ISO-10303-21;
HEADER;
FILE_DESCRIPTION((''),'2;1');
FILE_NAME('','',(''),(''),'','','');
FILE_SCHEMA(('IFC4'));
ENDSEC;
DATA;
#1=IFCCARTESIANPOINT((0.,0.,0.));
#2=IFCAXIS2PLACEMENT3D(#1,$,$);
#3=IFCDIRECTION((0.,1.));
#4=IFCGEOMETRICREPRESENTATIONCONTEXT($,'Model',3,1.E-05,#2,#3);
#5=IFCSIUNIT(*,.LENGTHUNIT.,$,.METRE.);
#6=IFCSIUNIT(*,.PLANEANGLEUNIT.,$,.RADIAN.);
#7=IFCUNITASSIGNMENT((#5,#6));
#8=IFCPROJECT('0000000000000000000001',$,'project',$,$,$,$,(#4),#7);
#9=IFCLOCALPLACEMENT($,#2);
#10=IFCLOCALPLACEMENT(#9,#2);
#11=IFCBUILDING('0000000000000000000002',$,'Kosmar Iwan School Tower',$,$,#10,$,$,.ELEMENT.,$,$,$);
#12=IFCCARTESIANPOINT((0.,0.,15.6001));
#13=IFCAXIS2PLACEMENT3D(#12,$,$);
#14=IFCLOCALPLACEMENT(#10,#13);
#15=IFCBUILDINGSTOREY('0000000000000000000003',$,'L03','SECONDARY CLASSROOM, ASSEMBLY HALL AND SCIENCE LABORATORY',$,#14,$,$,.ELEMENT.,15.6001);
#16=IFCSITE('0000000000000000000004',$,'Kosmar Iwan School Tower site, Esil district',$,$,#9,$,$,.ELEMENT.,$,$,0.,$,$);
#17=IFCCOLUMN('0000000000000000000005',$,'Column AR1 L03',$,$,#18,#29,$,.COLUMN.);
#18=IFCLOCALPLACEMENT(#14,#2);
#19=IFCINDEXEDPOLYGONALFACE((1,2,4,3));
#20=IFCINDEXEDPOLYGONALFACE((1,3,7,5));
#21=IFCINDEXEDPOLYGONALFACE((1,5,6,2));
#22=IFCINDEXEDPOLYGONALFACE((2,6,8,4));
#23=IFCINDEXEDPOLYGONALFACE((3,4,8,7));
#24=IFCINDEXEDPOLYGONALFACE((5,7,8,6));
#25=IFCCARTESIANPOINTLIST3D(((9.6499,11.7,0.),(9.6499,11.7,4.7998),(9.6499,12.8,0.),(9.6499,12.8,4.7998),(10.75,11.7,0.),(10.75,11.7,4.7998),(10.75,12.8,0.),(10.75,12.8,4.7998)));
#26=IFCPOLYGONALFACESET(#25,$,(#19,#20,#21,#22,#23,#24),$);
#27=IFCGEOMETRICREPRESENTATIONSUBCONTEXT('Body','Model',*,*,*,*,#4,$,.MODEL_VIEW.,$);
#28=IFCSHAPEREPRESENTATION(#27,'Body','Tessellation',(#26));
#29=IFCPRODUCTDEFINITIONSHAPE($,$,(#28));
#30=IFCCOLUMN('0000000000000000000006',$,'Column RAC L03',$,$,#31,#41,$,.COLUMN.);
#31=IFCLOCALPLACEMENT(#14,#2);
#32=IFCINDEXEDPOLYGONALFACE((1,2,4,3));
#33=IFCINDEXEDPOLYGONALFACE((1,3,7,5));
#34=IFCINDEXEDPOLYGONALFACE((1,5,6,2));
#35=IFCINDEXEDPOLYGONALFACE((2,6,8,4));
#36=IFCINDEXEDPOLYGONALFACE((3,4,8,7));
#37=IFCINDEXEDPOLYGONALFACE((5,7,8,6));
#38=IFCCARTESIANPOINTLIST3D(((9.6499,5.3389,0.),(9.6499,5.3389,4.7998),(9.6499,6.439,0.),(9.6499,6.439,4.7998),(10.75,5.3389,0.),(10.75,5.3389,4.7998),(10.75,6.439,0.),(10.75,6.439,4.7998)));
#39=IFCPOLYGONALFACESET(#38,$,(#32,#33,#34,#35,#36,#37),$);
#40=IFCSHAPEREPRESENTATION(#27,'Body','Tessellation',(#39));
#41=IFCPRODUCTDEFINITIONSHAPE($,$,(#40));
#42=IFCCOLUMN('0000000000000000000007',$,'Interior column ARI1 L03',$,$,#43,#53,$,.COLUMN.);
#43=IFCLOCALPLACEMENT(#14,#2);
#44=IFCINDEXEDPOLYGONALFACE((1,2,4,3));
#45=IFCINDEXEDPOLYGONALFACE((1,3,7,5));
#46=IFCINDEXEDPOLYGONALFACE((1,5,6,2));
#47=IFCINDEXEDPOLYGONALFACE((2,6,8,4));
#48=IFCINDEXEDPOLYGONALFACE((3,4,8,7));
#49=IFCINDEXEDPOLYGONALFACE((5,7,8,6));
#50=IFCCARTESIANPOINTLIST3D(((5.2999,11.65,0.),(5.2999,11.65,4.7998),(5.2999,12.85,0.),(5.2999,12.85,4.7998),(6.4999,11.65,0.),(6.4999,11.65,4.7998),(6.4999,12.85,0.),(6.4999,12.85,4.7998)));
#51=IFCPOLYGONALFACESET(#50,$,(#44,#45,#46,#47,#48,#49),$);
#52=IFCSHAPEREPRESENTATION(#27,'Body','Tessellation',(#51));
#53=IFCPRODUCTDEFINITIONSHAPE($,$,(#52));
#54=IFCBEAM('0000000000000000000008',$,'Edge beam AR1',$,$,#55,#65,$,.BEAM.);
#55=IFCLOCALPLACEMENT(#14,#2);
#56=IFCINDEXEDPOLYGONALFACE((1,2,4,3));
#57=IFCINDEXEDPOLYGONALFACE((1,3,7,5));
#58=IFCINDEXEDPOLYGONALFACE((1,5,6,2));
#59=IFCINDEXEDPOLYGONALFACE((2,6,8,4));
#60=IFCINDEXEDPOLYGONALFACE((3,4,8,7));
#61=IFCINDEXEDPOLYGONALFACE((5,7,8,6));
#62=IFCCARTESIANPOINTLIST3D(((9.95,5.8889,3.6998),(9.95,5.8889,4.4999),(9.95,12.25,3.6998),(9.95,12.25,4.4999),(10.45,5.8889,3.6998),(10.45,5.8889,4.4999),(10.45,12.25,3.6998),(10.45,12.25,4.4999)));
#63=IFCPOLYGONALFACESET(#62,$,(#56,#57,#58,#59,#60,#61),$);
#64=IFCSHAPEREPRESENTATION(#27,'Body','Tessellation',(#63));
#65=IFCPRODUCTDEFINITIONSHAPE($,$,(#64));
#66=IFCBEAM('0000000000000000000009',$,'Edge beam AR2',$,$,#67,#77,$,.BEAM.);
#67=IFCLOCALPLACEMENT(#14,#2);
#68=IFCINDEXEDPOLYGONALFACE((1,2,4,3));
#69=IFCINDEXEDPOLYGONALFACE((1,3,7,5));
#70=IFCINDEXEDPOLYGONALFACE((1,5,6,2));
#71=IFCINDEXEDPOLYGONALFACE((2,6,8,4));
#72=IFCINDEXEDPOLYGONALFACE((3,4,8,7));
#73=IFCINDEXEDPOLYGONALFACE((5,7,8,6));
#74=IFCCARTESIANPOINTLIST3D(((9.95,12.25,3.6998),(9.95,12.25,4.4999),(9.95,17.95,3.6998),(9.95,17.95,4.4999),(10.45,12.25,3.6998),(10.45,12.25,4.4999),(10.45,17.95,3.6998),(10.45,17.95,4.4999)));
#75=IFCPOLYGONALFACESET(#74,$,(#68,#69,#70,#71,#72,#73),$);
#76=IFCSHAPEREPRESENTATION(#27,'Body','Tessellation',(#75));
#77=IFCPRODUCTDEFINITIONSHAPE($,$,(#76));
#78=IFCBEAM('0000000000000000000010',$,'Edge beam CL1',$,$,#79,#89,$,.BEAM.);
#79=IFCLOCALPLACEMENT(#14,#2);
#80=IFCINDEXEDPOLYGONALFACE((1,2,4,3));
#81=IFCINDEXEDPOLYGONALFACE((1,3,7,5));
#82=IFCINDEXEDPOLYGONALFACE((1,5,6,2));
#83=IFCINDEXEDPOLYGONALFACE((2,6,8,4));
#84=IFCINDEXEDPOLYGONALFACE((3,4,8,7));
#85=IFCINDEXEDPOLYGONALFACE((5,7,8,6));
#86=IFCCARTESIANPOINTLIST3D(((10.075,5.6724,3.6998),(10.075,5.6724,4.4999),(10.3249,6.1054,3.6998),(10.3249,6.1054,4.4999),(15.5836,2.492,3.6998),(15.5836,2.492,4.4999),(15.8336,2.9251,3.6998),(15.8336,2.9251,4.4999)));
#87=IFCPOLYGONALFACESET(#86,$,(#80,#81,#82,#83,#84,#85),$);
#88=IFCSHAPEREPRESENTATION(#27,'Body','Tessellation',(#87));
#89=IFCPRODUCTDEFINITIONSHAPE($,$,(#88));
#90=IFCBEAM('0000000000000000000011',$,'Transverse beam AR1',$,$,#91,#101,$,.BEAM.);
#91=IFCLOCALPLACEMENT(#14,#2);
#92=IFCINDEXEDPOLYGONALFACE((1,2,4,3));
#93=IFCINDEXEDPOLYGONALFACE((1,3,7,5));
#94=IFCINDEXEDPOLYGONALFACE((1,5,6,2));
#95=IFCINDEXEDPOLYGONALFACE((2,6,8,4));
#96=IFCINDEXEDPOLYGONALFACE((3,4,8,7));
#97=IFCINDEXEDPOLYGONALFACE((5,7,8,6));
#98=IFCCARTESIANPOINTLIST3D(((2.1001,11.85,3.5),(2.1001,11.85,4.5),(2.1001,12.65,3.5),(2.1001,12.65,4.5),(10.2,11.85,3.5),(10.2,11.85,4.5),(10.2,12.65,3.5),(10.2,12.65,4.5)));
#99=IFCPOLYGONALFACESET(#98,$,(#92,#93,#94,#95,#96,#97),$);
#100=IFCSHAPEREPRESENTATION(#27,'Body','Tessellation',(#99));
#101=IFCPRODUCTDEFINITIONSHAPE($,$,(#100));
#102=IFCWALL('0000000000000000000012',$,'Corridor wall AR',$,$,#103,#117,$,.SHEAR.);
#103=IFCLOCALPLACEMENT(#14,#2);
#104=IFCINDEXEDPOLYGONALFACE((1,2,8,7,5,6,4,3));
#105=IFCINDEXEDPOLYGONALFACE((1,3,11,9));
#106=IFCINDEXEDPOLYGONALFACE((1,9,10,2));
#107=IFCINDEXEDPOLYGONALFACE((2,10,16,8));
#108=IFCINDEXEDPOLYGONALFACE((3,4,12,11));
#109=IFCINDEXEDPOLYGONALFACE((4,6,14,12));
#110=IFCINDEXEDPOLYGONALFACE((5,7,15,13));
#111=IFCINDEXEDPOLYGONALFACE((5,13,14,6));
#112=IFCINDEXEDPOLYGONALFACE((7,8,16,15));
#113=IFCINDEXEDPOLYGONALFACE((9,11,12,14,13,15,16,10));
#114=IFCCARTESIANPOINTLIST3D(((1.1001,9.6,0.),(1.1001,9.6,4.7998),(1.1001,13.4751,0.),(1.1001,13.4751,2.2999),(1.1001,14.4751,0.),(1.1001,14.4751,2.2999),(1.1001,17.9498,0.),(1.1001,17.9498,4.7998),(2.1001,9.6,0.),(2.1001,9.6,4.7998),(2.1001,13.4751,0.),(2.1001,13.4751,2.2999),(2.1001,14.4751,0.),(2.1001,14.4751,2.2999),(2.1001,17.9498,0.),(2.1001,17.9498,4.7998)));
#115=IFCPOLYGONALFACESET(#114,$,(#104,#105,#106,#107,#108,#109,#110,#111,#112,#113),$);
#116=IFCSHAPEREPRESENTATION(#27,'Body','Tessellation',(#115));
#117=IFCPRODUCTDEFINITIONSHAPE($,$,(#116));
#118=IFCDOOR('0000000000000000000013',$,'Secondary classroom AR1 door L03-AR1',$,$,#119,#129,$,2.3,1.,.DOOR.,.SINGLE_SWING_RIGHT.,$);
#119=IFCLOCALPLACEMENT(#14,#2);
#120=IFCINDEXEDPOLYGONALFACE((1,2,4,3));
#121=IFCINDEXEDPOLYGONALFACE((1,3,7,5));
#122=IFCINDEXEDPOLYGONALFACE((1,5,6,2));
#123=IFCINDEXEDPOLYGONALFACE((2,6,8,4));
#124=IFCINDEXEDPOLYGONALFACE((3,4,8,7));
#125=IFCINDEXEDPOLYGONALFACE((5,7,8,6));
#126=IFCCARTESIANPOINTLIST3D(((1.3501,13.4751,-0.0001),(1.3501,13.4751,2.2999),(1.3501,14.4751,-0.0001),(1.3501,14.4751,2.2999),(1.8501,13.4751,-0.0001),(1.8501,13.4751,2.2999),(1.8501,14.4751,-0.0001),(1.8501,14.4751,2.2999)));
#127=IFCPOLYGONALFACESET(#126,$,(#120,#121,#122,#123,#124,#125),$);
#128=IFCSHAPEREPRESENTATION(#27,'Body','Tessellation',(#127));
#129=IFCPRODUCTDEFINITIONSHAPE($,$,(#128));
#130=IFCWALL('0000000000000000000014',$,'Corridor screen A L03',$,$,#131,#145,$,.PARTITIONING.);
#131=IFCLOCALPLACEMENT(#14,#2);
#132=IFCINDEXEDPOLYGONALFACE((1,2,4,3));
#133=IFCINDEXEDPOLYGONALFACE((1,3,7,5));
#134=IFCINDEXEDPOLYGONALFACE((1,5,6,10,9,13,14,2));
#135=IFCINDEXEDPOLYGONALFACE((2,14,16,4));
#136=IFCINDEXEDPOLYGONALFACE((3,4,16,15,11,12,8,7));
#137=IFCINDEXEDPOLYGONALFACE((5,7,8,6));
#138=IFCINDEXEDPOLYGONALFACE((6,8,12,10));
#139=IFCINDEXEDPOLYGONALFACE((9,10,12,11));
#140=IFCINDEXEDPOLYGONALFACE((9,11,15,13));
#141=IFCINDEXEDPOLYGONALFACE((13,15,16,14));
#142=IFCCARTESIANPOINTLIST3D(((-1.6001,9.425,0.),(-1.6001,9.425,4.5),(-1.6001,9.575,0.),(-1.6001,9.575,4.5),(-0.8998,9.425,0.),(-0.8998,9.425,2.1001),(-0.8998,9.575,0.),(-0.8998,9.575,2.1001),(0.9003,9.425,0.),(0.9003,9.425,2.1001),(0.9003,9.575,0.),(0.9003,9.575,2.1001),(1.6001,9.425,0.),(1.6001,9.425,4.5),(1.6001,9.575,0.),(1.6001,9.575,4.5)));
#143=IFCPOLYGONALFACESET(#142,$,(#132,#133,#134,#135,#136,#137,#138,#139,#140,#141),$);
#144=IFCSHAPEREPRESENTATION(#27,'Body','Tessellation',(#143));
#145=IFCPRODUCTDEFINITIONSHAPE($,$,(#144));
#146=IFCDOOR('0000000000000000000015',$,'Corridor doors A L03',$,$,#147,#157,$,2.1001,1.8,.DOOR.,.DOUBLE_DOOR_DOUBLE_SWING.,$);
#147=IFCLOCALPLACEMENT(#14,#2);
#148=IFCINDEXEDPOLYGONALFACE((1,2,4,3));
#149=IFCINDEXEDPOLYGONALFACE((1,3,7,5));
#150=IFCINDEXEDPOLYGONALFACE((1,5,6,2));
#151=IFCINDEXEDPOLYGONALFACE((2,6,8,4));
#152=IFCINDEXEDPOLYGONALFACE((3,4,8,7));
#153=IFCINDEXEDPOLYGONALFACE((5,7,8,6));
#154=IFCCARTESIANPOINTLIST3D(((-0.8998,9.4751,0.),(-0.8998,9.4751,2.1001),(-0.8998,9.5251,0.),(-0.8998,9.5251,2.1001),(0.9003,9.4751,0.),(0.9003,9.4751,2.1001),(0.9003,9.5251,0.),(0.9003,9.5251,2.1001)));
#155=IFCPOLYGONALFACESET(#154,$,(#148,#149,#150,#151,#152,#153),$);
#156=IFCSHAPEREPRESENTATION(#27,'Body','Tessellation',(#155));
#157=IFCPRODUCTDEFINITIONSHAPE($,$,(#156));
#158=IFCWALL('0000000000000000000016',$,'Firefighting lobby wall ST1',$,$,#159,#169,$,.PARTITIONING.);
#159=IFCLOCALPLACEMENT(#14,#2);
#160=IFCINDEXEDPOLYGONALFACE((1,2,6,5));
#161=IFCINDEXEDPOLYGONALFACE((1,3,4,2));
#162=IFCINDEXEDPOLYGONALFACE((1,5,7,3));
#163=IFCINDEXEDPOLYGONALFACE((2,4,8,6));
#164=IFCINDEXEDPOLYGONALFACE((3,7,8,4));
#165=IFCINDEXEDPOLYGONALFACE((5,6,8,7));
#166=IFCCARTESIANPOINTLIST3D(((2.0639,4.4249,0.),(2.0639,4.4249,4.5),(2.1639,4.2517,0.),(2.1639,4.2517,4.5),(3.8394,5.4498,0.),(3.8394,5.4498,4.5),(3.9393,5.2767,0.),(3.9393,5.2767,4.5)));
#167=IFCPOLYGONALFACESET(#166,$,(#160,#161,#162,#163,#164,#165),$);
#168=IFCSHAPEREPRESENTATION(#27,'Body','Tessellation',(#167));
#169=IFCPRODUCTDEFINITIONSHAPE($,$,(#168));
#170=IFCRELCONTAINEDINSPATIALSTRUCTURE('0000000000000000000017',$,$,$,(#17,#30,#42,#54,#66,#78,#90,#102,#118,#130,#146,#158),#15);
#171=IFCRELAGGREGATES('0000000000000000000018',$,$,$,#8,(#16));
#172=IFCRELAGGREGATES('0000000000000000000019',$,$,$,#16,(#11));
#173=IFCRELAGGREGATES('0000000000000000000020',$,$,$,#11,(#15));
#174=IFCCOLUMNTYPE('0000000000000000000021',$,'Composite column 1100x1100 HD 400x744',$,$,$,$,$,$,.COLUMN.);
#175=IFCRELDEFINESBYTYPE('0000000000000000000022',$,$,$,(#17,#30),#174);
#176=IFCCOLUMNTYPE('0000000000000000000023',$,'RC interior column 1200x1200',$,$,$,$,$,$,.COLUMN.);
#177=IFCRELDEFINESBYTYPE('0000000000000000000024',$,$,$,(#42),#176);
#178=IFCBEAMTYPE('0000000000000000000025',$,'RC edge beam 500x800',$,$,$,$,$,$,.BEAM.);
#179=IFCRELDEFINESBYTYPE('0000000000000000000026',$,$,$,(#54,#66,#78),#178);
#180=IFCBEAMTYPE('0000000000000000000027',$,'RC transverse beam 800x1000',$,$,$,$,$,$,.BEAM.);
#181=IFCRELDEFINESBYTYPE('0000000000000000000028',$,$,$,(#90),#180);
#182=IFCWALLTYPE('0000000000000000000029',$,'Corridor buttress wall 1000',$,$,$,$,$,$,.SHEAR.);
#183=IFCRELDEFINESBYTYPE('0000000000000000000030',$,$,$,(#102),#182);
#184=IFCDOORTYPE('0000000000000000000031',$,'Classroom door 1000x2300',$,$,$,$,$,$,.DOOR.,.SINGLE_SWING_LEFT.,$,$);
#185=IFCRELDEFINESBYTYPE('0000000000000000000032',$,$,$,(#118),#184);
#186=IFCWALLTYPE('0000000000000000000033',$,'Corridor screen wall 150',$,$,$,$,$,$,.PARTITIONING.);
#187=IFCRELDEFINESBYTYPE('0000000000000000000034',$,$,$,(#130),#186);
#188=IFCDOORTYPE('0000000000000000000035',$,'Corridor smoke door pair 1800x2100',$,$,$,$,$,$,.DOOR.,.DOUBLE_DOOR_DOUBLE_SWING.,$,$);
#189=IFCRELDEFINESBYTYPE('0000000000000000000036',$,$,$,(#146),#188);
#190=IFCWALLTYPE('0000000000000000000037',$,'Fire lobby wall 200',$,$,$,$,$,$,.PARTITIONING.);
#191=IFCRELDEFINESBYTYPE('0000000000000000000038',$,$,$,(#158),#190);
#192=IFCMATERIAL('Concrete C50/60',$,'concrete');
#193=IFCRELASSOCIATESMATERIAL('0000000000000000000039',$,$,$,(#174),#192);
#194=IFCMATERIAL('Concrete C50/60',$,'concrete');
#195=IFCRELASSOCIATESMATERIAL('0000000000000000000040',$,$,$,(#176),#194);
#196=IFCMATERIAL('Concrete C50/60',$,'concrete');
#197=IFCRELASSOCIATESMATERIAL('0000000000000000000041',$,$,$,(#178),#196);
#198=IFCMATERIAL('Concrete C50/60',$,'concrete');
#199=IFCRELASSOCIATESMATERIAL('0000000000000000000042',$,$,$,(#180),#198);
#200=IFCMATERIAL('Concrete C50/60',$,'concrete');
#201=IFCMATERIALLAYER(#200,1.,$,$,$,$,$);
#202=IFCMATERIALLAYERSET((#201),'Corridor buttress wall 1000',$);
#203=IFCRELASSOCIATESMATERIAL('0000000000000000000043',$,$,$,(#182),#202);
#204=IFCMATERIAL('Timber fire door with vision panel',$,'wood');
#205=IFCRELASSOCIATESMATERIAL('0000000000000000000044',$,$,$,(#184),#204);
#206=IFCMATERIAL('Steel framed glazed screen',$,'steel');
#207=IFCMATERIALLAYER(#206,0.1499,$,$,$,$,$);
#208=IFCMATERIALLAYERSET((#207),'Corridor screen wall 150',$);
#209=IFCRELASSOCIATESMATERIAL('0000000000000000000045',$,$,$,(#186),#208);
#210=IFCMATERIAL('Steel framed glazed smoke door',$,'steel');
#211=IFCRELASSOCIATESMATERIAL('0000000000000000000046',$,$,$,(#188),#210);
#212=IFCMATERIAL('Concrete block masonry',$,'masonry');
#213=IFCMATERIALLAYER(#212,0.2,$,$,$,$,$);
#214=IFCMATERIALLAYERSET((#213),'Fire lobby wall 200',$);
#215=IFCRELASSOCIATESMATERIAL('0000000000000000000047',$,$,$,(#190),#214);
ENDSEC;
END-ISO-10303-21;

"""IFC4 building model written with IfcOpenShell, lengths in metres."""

from ifc_helpers import new_model, si_unit, direction, frame, frame_2d, origin, origin_2d, place, context, subcontext, project, spatial, rectangle, extrude, material, layer, layer_set, material_profile, profile_set, type_object, element, fill, save


model = new_model("IFC4")

# Units and contexts
model_context = context("Model", 3, precision=1e-05, world=origin(), true_north=direction((0.0, 1.0)))
body_context = subcontext(model_context, "Body", "Model", "MODEL_VIEW")
ifc_project = project(units=[si_unit("LENGTHUNIT", "METRE"), si_unit("PLANEANGLEUNIT", "RADIAN")], contexts=[model_context])

# Site, building, storey
site_placement = place(None, origin())
site = spatial("IfcSite", under=ifc_project, at=site_placement, Name="Kosmar Iwan School Tower site, Esil district", CompositionType="ELEMENT", RefElevation=0.0)
building_placement = place(site_placement, origin())
building = spatial("IfcBuilding", under=site, at=building_placement, Name="Kosmar Iwan School Tower", CompositionType="ELEMENT")
storey_placement = place(building_placement, frame((0.0, 0.0, 15.6001)))
storey = spatial("IfcBuildingStorey", under=building, at=storey_placement, Name="L03", Description="SECONDARY CLASSROOM, ASSEMBLY HALL AND SCIENCE LABORATORY", CompositionType="ELEMENT", Elevation=15.6001)

# Columns
ifc_material_1 = material(Name="Concrete C50/60", Category="concrete")
ifc_material_profile_1 = material_profile(ifc_material_1, rectangle(XDim=1.1001, YDim=1.1001, at=origin_2d()), Name="RC 1100x1100 + HD 400x744")
ifc_profile_set_1 = profile_set([ifc_material_profile_1], Name="Concrete C50/60")
column_type_1 = type_object("IfcColumnType", Name="Composite column 1100x1100 HD 400x744", PredefinedType="COLUMN", material=ifc_profile_set_1)
for number, where, z_axis, x_axis, name in (
    (1, (10.2, 12.25, 0.0), (0.0, 0.0, 1.0), (0.0, 1.0, 0.0), "Column AR1 L03"),
    (2, (10.2, 5.8889, 0.0), (0.0, 0.0, 1.0), (1.0, 0.0, 0.0), "Column RAC L03"),
):
    element("IfcColumn", number, at=place(storey_placement, frame(where, z_axis=z_axis, x_axis=x_axis)), inside=storey, type_object=column_type_1, Name=name, PredefinedType="COLUMN", context=body_context, shape_type="SweptSolid", body=[
        extrude(rectangle(XDim=1.1001, YDim=1.1001, at=origin_2d()), origin(), (0.0, 0.0, 1.0), 4.7998),
    ])
ifc_material_2 = material(Name="Concrete C50/60", Category="concrete")
ifc_material_profile_2 = material_profile(ifc_material_2, rectangle(XDim=1.2, YDim=1.2, at=origin_2d()), Name="RC 1200x1200")
ifc_profile_set_2 = profile_set([ifc_material_profile_2], Name="Concrete C50/60")
column_type_2 = type_object("IfcColumnType", Name="RC interior column 1200x1200", PredefinedType="COLUMN", material=ifc_profile_set_2)
column_placement = place(storey_placement, frame((5.8999, 12.25, 0.0), z_axis=(0.0, 0.0, 1.0), x_axis=(0.0, 1.0, 0.0)))
element("IfcColumn", 3, at=column_placement, inside=storey, type_object=column_type_2, Name="Interior column ARI1 L03", PredefinedType="COLUMN", context=body_context, shape_type="SweptSolid", body=[
    extrude(rectangle(XDim=1.2, YDim=1.2, at=origin_2d()), origin(), (0.0, 0.0, 1.0), 4.7998),
])

# Beams
ifc_material_3 = material(Name="Concrete C50/60", Category="concrete")
ifc_material_profile_3 = material_profile(ifc_material_3, rectangle(XDim=0.5, YDim=0.8, at=origin_2d()), Name="RC 500x800")
ifc_profile_set_3 = profile_set([ifc_material_profile_3], Name="Concrete C50/60")
beam_type_1 = type_object("IfcBeamType", Name="RC edge beam 500x800", PredefinedType="BEAM", material=ifc_profile_set_3)
beam_1_placement = place(storey_placement, frame((10.2, 5.8889, 4.0999), z_axis=(0.0, 1.0, 0.0), x_axis=(-1.0, 0.0, 0.0)))
element("IfcBeam", 4, at=beam_1_placement, inside=storey, type_object=beam_type_1, Name="Edge beam AR1", PredefinedType="BEAM", context=body_context, shape_type="SweptSolid", body=[
    extrude(rectangle(XDim=0.5, YDim=0.8, at=origin_2d()), origin(), (0.0, 0.0, 1.0), 6.3611),
])
beam_2_placement = place(storey_placement, frame((10.2, 12.25, 4.0999), z_axis=(0.0, 1.0, 0.0), x_axis=(-1.0, 0.0, 0.0)))
element("IfcBeam", 5, at=beam_2_placement, inside=storey, type_object=beam_type_1, Name="Edge beam AR2", PredefinedType="BEAM", context=body_context, shape_type="SweptSolid", body=[
    extrude(rectangle(XDim=0.5, YDim=0.8, at=origin_2d()), origin(), (0.0, 0.0, 1.0), 5.7),
])
beam_3_placement = place(storey_placement, frame((10.2, 5.8889, 4.0999), z_axis=(0.866031, -0.49999, 0.0), x_axis=(0.49999, 0.866031, 0.0)))
element("IfcBeam", 6, at=beam_3_placement, inside=storey, type_object=beam_type_1, Name="Edge beam CL1", PredefinedType="BEAM", context=body_context, shape_type="SweptSolid", body=[
    extrude(rectangle(XDim=0.5, YDim=0.8, at=origin_2d()), origin(), (0.0, 0.0, 1.0), 6.3608),
])
ifc_material_4 = material(Name="Concrete C50/60", Category="concrete")
ifc_material_profile_4 = material_profile(ifc_material_4, rectangle(XDim=0.8, YDim=1.0, at=origin_2d()), Name="RC 800x1000")
ifc_profile_set_4 = profile_set([ifc_material_profile_4], Name="Concrete C50/60")
beam_type_2 = type_object("IfcBeamType", Name="RC transverse beam 800x1000", PredefinedType="BEAM", material=ifc_profile_set_4)
beam_4_placement = place(storey_placement, frame((10.2, 12.25, 4.0), z_axis=(-1.0, 0.0, 0.0), x_axis=(0.0, -1.0, 0.0)))
element("IfcBeam", 7, at=beam_4_placement, inside=storey, type_object=beam_type_2, Name="Transverse beam AR1", PredefinedType="BEAM", context=body_context, shape_type="SweptSolid", body=[
    extrude(rectangle(XDim=0.8, YDim=1.0, at=origin_2d()), origin(), (0.0, 0.0, 1.0), 8.0999),
])

# Walls, openings, doors
ifc_material_5 = material(Name="Concrete C50/60", Category="concrete")
ifc_layer_1 = layer(ifc_material_5, 1.0)
ifc_layer_set_1 = layer_set([ifc_layer_1], Name="Corridor buttress wall 1000")
wall_type_1 = type_object("IfcWallType", Name="Corridor buttress wall 1000", PredefinedType="SHEAR", material=ifc_layer_set_1)
wall_1_placement = place(storey_placement, frame((1.6001, 9.6001, 0.0), z_axis=(0.0, 0.0, 1.0), x_axis=(0.0, 1.0, 0.0)))
wall_1 = element("IfcWall", 8, at=wall_1_placement, inside=storey, type_object=wall_type_1, Name="Corridor wall AR", PredefinedType="SHEAR", context=body_context, shape_type="SweptSolid", body=[
    extrude(rectangle(XDim=8.3499, YDim=1.0, at=frame_2d((4.1748, 0.0))), origin(), (0.0, 0.0, 1.0), 4.7998),
])
opening_1_placement = place(wall_1_placement, frame((3.875, 0.0, 0.0)))
opening_1 = element("IfcOpeningElement", 9, at=opening_1_placement, cuts=wall_1, PredefinedType="OPENING", context=body_context, shape_type="SweptSolid", body=[
    extrude(rectangle(XDim=1.0, YDim=2.3, at=frame_2d((0.5, 1.1499))), frame((0.0, 0.512, 0.0), z_axis=(0.0, -1.0, 0.0), x_axis=(1.0, 0.0, 0.0)), (0.0, 0.0, 1.0), 1.0239),
])
ifc_material_6 = material(Name="Timber fire door with vision panel", Category="wood")
door_type_1 = type_object("IfcDoorType", Name="Classroom door 1000x2300", OperationType="SINGLE_SWING_LEFT", PredefinedType="DOOR", material=ifc_material_6)
door_1_placement = place(opening_1_placement, origin())
door_1 = element("IfcDoor", 10, at=door_1_placement, inside=storey, type_object=door_type_1, Name="Secondary classroom AR1 door L03-AR1", OperationType="SINGLE_SWING_RIGHT", OverallHeight=2.3, OverallWidth=1.0, PredefinedType="DOOR", context=body_context, shape_type="SweptSolid", body=[
    extrude(rectangle(XDim=1.0, YDim=2.3, at=frame_2d((0.5, 1.1499))), frame((0.0, 0.25, 0.0), z_axis=(0.0, -1.0, 0.0), x_axis=(1.0, 0.0, 0.0)), (0.0, 0.0, 1.0), 0.5),
])
fill(opening_1, door_1)
ifc_material_7 = material(Name="Steel framed glazed screen", Category="steel")
ifc_layer_2 = layer(ifc_material_7, 0.1499)
ifc_layer_set_2 = layer_set([ifc_layer_2], Name="Corridor screen wall 150")
wall_type_2 = type_object("IfcWallType", Name="Corridor screen wall 150", PredefinedType="PARTITIONING", material=ifc_layer_set_2)
wall_2_placement = place(storey_placement, frame((1.6001, 9.5, 0.0), z_axis=(0.0, 0.0, 1.0), x_axis=(-1.0, 0.0, 0.0)))
wall_2 = element("IfcWall", 11, at=wall_2_placement, inside=storey, type_object=wall_type_2, Name="Corridor screen A L03", PredefinedType="PARTITIONING", context=body_context, shape_type="SweptSolid", body=[
    extrude(rectangle(XDim=3.2002, YDim=0.1499, at=frame_2d((1.6001, 0.0))), origin(), (0.0, 0.0, 1.0), 4.5),
])
opening_2_placement = place(wall_2_placement, frame((0.7, 0.0, 0.0)))
opening_2 = element("IfcOpeningElement", 12, at=opening_2_placement, cuts=wall_2, PredefinedType="OPENING", context=body_context, shape_type="SweptSolid", body=[
    extrude(rectangle(XDim=1.8, YDim=2.1001, at=frame_2d((0.8999, 1.05))), frame((0.0, 0.0869, 0.0), z_axis=(0.0, -1.0, 0.0), x_axis=(1.0, 0.0, 0.0)), (0.0, 0.0, 1.0), 0.1738),
])
ifc_material_8 = material(Name="Steel framed glazed smoke door", Category="steel")
door_type_2 = type_object("IfcDoorType", Name="Corridor smoke door pair 1800x2100", OperationType="DOUBLE_DOOR_DOUBLE_SWING", PredefinedType="DOOR", material=ifc_material_8)
door_2_placement = place(opening_2_placement, origin())
door_2 = element("IfcDoor", 13, at=door_2_placement, inside=storey, type_object=door_type_2, Name="Corridor doors A L03", OperationType="DOUBLE_DOOR_DOUBLE_SWING", OverallHeight=2.1001, OverallWidth=1.8, PredefinedType="DOOR", context=body_context, shape_type="SweptSolid", body=[
    extrude(rectangle(XDim=1.8, YDim=2.1001, at=frame_2d((0.8999, 1.05))), frame((0.0, 0.0249, 0.0), z_axis=(0.0, -1.0, 0.0), x_axis=(1.0, 0.0, 0.0)), (0.0, 0.0, 1.0), 0.05),
])
fill(opening_2, door_2)

# Wall
ifc_material_9 = material(Name="Concrete block masonry", Category="masonry")
ifc_layer_3 = layer(ifc_material_9, 0.2)
ifc_layer_set_3 = layer_set([ifc_layer_3], Name="Fire lobby wall 200")
wall_type_3 = type_object("IfcWallType", Name="Fire lobby wall 200", PredefinedType="PARTITIONING", material=ifc_layer_set_3)
wall_3_placement = place(storey_placement, frame((2.114, 4.3384, 0.0), z_axis=(0.0, 0.0, 1.0), x_axis=(0.866051, 0.499956, 0.0)))
element("IfcWall", 14, at=wall_3_placement, inside=storey, type_object=wall_type_3, Name="Firefighting lobby wall ST1", PredefinedType="PARTITIONING", context=body_context, shape_type="SweptSolid", body=[
    extrude(rectangle(XDim=2.05, YDim=0.2, at=frame_2d((1.0249, 0.0))), origin(), (0.0, 0.0, 1.0), 4.5),
])

save(model, "model.ifc")
